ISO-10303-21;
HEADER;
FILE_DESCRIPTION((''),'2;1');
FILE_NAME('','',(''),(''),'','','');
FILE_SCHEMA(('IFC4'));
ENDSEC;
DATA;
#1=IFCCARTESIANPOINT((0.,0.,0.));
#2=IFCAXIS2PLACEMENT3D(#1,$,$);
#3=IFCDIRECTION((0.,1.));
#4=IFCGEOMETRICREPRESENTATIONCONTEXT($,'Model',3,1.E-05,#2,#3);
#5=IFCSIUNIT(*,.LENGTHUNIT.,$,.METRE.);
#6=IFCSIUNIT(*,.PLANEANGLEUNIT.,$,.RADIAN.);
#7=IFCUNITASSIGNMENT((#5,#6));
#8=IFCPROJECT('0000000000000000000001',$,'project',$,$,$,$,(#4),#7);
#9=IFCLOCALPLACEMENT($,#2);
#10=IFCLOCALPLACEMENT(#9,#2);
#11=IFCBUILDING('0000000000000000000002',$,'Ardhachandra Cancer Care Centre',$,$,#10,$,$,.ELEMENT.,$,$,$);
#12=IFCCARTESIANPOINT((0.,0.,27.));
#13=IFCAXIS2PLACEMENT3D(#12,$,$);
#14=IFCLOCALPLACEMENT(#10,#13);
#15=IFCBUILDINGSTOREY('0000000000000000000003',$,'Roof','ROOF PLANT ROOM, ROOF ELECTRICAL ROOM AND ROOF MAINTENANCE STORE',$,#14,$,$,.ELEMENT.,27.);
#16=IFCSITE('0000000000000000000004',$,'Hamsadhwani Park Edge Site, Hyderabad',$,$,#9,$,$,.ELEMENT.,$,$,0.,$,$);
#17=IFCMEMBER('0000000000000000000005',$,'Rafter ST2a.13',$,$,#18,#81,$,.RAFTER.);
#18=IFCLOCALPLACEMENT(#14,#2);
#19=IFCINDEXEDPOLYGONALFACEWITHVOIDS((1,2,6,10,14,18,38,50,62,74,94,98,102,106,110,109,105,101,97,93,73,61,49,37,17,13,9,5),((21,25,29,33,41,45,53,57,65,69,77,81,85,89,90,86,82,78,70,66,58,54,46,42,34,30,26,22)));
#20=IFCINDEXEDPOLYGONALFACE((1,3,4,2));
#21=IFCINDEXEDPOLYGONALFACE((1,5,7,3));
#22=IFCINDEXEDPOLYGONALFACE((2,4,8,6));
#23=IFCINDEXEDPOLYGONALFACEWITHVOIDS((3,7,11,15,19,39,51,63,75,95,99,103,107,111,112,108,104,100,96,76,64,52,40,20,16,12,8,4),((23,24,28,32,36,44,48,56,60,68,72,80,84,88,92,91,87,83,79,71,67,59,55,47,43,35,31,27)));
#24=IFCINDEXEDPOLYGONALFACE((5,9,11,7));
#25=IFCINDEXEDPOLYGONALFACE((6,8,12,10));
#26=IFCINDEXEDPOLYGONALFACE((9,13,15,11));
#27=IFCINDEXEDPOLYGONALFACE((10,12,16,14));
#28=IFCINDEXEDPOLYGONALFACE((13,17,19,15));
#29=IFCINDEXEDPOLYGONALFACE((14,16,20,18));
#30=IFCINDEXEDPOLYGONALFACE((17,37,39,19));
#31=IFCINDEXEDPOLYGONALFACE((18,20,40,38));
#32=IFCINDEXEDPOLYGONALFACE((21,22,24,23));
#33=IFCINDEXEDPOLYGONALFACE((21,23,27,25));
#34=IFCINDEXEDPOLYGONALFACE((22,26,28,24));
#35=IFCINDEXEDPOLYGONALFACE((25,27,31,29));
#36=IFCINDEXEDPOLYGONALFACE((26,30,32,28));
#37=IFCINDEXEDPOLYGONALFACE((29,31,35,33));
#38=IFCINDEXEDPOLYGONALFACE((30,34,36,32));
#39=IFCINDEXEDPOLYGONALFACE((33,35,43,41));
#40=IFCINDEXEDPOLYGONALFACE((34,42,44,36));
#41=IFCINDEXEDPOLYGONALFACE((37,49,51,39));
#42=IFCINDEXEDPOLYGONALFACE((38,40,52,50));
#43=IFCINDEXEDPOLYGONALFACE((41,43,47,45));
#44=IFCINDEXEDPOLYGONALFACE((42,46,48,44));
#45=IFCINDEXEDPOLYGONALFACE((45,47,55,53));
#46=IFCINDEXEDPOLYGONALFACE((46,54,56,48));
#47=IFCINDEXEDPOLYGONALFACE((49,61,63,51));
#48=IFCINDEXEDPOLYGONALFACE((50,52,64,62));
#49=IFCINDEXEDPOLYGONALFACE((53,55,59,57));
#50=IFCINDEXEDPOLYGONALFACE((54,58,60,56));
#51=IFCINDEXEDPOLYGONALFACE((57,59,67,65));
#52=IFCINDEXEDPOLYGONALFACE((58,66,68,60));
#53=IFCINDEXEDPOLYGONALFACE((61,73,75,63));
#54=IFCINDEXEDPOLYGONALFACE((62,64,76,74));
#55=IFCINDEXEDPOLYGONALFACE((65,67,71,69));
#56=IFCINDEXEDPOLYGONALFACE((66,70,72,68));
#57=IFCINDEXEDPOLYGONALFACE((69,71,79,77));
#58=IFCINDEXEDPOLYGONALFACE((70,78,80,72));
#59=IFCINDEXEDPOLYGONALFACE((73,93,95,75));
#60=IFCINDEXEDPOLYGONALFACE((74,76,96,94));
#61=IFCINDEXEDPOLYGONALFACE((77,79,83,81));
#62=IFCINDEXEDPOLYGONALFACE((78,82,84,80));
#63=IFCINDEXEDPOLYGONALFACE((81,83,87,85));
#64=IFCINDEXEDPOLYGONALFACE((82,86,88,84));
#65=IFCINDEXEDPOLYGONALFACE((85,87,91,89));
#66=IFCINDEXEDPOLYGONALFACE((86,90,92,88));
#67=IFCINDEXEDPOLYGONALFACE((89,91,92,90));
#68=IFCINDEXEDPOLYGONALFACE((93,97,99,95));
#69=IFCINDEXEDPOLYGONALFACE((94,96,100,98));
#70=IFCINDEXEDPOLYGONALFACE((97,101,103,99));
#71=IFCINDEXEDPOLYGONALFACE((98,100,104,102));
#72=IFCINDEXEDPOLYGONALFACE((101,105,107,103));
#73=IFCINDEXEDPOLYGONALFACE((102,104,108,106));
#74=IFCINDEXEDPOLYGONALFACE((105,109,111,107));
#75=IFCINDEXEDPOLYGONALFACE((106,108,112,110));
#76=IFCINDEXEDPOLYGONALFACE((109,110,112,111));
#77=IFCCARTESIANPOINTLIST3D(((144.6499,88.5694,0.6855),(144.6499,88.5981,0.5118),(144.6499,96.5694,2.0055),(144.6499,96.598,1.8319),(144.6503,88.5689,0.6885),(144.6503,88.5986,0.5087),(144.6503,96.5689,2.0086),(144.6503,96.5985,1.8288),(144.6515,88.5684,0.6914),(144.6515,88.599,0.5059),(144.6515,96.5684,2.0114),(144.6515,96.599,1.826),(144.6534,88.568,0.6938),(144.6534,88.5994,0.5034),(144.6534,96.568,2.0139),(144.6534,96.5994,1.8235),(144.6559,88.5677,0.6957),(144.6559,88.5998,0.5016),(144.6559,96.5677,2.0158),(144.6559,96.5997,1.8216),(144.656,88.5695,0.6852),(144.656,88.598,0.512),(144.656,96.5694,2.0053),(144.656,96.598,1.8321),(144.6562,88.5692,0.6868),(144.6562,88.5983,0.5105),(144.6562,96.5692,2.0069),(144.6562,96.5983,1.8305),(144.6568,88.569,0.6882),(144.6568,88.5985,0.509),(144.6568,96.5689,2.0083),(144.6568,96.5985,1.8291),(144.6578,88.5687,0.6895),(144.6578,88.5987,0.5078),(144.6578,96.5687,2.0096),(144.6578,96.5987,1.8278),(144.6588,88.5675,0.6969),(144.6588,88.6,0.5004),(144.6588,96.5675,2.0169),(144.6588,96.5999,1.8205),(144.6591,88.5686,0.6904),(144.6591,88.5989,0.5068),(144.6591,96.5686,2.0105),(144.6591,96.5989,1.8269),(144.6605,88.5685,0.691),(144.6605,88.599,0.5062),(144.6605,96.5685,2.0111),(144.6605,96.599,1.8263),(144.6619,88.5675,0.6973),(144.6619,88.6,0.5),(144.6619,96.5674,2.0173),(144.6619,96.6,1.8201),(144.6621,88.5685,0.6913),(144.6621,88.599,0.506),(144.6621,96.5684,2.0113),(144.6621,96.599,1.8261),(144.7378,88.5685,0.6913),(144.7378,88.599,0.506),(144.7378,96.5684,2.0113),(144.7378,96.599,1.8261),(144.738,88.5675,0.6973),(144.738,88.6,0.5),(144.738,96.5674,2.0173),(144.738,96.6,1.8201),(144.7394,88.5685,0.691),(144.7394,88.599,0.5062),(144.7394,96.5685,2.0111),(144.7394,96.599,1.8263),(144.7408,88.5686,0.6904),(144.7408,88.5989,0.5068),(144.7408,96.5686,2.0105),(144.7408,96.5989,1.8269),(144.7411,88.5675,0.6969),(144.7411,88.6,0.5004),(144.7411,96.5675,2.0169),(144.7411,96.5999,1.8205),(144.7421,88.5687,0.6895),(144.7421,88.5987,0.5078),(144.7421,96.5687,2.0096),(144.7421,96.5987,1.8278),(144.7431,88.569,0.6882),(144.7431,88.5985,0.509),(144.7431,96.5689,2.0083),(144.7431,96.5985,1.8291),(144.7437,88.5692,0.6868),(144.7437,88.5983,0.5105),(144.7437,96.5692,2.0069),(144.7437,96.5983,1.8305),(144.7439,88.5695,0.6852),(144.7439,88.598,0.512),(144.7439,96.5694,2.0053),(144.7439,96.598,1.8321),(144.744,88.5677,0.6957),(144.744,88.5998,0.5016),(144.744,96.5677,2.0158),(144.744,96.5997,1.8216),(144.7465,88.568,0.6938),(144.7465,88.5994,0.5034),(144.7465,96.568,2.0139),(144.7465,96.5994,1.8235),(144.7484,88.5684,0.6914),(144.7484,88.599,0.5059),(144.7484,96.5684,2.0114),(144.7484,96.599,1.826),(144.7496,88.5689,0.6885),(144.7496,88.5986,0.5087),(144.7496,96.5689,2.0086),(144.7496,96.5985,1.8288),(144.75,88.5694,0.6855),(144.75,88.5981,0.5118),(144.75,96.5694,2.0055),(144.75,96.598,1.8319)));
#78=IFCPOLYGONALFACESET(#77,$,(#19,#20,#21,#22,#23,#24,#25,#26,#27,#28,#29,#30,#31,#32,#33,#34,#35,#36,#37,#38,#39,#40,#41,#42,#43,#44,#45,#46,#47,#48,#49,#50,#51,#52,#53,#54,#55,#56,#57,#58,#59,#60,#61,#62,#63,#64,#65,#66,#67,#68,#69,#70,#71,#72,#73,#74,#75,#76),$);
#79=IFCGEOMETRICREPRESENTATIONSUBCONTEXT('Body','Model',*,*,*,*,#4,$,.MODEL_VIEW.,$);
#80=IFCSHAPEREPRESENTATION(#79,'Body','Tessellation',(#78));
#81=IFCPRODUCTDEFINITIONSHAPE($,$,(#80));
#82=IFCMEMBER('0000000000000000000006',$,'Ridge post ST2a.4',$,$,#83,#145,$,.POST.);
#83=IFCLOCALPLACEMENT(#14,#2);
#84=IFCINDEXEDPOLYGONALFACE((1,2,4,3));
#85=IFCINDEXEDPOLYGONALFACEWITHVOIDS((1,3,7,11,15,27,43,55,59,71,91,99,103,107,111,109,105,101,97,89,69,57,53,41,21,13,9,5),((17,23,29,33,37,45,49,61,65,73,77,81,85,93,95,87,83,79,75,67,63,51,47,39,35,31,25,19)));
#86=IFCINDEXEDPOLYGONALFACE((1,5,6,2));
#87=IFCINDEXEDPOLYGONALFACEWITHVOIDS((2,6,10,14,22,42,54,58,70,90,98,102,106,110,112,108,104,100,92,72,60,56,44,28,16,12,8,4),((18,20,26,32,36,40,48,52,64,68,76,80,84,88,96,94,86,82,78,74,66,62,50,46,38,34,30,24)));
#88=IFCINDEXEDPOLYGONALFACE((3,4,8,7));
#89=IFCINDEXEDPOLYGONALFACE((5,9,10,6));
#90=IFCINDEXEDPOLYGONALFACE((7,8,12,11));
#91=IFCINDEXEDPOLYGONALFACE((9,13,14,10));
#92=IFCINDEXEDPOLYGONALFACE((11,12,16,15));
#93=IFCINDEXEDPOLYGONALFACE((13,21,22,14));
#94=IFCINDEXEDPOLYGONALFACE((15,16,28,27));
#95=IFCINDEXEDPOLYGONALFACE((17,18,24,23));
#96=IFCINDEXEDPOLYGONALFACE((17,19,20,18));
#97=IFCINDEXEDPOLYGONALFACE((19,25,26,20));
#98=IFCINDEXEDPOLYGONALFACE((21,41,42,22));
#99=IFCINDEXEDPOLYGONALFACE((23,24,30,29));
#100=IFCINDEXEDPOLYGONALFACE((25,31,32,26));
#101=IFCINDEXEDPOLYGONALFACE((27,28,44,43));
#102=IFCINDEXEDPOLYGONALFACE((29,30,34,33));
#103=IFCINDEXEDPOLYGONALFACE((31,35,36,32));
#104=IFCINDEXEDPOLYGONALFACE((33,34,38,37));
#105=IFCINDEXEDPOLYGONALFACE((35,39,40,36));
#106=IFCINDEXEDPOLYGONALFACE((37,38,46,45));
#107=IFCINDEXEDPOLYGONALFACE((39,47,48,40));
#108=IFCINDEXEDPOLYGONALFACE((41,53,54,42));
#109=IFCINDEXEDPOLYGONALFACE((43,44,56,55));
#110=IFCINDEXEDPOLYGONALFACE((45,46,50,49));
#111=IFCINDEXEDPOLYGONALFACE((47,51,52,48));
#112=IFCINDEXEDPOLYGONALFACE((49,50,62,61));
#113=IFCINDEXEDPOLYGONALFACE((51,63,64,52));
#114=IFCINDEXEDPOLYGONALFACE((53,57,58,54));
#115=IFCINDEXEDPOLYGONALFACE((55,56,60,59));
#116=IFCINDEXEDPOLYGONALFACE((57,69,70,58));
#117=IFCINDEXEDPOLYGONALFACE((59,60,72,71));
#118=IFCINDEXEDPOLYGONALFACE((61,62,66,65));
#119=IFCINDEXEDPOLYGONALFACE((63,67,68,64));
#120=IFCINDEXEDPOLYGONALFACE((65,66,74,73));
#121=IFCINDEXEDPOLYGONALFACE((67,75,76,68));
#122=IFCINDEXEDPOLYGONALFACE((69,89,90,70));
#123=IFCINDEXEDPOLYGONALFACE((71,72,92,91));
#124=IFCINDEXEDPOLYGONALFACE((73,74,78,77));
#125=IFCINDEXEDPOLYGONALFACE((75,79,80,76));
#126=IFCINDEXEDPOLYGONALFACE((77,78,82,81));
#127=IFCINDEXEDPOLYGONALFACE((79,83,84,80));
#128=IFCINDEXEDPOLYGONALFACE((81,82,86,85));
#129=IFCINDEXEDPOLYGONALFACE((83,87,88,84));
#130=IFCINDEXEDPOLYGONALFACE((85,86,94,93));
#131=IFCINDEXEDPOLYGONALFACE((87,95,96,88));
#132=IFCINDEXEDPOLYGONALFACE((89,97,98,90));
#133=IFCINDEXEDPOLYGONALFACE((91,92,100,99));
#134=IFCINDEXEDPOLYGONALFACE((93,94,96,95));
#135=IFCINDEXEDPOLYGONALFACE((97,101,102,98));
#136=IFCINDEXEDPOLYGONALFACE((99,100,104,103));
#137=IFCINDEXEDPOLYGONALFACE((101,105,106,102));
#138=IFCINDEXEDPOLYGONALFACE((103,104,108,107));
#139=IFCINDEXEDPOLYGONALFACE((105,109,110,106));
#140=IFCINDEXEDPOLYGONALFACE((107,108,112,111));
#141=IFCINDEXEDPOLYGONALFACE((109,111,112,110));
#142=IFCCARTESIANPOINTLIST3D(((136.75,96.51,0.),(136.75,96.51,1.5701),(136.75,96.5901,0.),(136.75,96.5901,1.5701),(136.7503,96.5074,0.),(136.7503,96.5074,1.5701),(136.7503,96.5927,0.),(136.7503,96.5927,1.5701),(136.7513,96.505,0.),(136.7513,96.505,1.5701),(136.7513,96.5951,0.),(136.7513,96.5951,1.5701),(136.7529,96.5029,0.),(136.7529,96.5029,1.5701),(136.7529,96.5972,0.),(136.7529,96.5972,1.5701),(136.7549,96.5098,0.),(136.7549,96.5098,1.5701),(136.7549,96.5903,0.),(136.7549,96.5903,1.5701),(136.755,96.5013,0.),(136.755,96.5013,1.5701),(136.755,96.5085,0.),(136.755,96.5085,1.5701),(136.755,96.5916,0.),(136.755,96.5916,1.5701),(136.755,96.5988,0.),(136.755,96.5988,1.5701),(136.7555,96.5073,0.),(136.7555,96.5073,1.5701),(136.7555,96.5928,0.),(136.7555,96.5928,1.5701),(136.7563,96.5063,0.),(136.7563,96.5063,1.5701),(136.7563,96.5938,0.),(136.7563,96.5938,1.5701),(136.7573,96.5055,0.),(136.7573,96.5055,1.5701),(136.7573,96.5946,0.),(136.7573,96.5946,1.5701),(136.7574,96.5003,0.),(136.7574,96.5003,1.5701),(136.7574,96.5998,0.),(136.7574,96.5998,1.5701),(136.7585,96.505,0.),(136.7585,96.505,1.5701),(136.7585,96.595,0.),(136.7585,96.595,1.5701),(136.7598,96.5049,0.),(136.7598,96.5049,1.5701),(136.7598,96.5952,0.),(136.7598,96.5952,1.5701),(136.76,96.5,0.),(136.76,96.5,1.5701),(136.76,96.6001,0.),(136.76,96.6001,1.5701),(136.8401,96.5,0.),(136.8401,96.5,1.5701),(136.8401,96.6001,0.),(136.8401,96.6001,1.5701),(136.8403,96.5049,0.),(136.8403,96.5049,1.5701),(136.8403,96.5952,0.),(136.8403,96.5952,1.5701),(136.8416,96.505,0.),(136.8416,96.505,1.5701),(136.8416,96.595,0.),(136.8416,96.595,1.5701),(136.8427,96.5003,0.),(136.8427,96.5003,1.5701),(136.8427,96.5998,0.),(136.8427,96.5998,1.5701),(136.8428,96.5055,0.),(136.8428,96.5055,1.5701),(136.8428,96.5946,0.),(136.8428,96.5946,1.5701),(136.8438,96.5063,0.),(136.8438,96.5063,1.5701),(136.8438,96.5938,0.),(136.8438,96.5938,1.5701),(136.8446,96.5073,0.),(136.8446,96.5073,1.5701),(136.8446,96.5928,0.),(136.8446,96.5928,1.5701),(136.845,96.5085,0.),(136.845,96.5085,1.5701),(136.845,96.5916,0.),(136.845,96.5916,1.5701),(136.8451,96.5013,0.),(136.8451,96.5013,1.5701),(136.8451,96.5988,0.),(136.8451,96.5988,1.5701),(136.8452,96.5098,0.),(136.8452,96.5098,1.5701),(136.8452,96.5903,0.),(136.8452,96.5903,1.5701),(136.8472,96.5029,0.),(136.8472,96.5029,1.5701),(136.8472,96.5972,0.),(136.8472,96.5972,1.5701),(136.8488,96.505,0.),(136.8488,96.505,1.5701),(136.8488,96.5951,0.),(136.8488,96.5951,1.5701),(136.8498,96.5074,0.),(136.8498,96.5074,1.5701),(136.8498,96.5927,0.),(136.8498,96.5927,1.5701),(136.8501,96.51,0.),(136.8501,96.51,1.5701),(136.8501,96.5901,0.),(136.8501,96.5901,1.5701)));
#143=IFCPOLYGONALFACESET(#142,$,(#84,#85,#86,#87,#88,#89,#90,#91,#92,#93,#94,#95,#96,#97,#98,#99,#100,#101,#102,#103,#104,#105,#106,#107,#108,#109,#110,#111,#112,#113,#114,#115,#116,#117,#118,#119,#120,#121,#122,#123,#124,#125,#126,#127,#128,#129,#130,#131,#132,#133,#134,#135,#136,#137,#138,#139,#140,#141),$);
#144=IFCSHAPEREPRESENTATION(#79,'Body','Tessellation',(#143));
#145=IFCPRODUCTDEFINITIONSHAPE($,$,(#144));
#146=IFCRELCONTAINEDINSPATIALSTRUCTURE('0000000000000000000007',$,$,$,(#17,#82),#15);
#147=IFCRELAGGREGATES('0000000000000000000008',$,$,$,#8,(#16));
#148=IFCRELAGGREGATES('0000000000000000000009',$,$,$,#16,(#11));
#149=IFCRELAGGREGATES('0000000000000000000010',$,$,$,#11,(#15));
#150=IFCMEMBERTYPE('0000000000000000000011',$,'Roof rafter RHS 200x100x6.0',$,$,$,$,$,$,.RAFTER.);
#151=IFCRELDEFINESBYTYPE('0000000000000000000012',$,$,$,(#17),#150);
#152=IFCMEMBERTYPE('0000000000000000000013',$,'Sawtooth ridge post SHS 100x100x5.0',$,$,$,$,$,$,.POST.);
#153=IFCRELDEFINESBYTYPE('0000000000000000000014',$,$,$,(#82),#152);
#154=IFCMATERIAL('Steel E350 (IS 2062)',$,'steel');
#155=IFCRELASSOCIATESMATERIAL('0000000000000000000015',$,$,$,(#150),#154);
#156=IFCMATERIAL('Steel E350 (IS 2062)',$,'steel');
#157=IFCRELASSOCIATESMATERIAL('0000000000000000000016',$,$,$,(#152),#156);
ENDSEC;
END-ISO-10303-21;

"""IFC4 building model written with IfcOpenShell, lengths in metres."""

from ifc_helpers import new_model, si_unit, direction, frame, origin, origin_2d, place, context, subcontext, project, spatial, hollow_rectangle, extrude, material, material_profile, profile_set, type_object, element, save


model = new_model("IFC4")

# Units and contexts
model_context = context("Model", 3, precision=1e-05, world=origin(), true_north=direction((0.0, 1.0)))
body_context = subcontext(model_context, "Body", "Model", "MODEL_VIEW")
ifc_project = project(units=[si_unit("LENGTHUNIT", "METRE"), si_unit("PLANEANGLEUNIT", "RADIAN")], contexts=[model_context])

# Site, building, storey
site_placement = place(None, origin())
site = spatial("IfcSite", under=ifc_project, at=site_placement, Name="Hamsadhwani Park Edge Site, Hyderabad", CompositionType="ELEMENT", RefElevation=0.0)
building_placement = place(site_placement, origin())
building = spatial("IfcBuilding", under=site, at=building_placement, Name="Ardhachandra Cancer Care Centre", CompositionType="ELEMENT")
storey_placement = place(building_placement, frame((0.0, 0.0, 27.0)))
storey = spatial("IfcBuildingStorey", under=building, at=storey_placement, Name="Roof", Description="ROOF PLANT ROOM, ROOF ELECTRICAL ROOM AND ROOF MAINTENANCE STORE", CompositionType="ELEMENT", Elevation=27.0)

# Members
ifc_material_1 = material(Name="Steel E350 (IS 2062)", Category="steel")
ifc_material_profile_1 = material_profile(ifc_material_1, hollow_rectangle(XDim=0.1001, YDim=0.2, WallThickness=0.0061, InnerFilletRadius=0.0061, OuterFilletRadius=0.012, at=origin_2d()), Name="RHS 200x100x6.0")
ifc_profile_set_1 = profile_set([ifc_material_profile_1], Name="Steel E350 (IS 2062)")
member_type_1 = type_object("IfcMemberType", Name="Roof rafter RHS 200x100x6.0", PredefinedType="RAFTER", material=ifc_profile_set_1)
for number, where, z_axis, x_axis, name in (
    (1, (144.7, 88.5837, 0.5986), (0.0, 0.986658, 0.162807), (-1.0, 0.0, 0.0), "Rafter ST2a.13"),
):
    element("IfcMember", number, at=place(storey_placement, frame(where, z_axis=z_axis, x_axis=x_axis)), inside=storey, type_object=member_type_1, Name=name, PredefinedType="RAFTER", context=body_context, shape_type="SweptSolid", body=[
        extrude(hollow_rectangle(XDim=0.1001, YDim=0.2, WallThickness=0.0061, InnerFilletRadius=0.0061, OuterFilletRadius=0.012, at=origin_2d()), origin(), (0.0, 0.0, 1.0), 8.1082),
    ])
ifc_material_2 = material(Name="Steel E350 (IS 2062)", Category="steel")
ifc_material_profile_2 = material_profile(ifc_material_2, hollow_rectangle(XDim=0.1001, YDim=0.1001, WallThickness=0.0049, InnerFilletRadius=0.0049, OuterFilletRadius=0.01, at=origin_2d()), Name="SHS 100x100x5.0")
ifc_profile_set_2 = profile_set([ifc_material_profile_2], Name="Steel E350 (IS 2062)")
member_type_2 = type_object("IfcMemberType", Name="Sawtooth ridge post SHS 100x100x5.0", PredefinedType="POST", material=ifc_profile_set_2)
for number, where, z_axis, x_axis, name in (
    (2, (136.8, 96.55, 0.0), (0.0, 0.0, 1.0), (1.0, 0.0, 0.0), "Ridge post ST2a.4"),
):
    element("IfcMember", number, at=place(storey_placement, frame(where, z_axis=z_axis, x_axis=x_axis)), inside=storey, type_object=member_type_2, Name=name, PredefinedType="POST", context=body_context, shape_type="SweptSolid", body=[
        extrude(hollow_rectangle(XDim=0.1001, YDim=0.1001, WallThickness=0.0049, InnerFilletRadius=0.0049, OuterFilletRadius=0.01, at=origin_2d()), origin(), (0.0, 0.0, 1.0), 1.5701),
    ])

save(model, "model.ifc")
